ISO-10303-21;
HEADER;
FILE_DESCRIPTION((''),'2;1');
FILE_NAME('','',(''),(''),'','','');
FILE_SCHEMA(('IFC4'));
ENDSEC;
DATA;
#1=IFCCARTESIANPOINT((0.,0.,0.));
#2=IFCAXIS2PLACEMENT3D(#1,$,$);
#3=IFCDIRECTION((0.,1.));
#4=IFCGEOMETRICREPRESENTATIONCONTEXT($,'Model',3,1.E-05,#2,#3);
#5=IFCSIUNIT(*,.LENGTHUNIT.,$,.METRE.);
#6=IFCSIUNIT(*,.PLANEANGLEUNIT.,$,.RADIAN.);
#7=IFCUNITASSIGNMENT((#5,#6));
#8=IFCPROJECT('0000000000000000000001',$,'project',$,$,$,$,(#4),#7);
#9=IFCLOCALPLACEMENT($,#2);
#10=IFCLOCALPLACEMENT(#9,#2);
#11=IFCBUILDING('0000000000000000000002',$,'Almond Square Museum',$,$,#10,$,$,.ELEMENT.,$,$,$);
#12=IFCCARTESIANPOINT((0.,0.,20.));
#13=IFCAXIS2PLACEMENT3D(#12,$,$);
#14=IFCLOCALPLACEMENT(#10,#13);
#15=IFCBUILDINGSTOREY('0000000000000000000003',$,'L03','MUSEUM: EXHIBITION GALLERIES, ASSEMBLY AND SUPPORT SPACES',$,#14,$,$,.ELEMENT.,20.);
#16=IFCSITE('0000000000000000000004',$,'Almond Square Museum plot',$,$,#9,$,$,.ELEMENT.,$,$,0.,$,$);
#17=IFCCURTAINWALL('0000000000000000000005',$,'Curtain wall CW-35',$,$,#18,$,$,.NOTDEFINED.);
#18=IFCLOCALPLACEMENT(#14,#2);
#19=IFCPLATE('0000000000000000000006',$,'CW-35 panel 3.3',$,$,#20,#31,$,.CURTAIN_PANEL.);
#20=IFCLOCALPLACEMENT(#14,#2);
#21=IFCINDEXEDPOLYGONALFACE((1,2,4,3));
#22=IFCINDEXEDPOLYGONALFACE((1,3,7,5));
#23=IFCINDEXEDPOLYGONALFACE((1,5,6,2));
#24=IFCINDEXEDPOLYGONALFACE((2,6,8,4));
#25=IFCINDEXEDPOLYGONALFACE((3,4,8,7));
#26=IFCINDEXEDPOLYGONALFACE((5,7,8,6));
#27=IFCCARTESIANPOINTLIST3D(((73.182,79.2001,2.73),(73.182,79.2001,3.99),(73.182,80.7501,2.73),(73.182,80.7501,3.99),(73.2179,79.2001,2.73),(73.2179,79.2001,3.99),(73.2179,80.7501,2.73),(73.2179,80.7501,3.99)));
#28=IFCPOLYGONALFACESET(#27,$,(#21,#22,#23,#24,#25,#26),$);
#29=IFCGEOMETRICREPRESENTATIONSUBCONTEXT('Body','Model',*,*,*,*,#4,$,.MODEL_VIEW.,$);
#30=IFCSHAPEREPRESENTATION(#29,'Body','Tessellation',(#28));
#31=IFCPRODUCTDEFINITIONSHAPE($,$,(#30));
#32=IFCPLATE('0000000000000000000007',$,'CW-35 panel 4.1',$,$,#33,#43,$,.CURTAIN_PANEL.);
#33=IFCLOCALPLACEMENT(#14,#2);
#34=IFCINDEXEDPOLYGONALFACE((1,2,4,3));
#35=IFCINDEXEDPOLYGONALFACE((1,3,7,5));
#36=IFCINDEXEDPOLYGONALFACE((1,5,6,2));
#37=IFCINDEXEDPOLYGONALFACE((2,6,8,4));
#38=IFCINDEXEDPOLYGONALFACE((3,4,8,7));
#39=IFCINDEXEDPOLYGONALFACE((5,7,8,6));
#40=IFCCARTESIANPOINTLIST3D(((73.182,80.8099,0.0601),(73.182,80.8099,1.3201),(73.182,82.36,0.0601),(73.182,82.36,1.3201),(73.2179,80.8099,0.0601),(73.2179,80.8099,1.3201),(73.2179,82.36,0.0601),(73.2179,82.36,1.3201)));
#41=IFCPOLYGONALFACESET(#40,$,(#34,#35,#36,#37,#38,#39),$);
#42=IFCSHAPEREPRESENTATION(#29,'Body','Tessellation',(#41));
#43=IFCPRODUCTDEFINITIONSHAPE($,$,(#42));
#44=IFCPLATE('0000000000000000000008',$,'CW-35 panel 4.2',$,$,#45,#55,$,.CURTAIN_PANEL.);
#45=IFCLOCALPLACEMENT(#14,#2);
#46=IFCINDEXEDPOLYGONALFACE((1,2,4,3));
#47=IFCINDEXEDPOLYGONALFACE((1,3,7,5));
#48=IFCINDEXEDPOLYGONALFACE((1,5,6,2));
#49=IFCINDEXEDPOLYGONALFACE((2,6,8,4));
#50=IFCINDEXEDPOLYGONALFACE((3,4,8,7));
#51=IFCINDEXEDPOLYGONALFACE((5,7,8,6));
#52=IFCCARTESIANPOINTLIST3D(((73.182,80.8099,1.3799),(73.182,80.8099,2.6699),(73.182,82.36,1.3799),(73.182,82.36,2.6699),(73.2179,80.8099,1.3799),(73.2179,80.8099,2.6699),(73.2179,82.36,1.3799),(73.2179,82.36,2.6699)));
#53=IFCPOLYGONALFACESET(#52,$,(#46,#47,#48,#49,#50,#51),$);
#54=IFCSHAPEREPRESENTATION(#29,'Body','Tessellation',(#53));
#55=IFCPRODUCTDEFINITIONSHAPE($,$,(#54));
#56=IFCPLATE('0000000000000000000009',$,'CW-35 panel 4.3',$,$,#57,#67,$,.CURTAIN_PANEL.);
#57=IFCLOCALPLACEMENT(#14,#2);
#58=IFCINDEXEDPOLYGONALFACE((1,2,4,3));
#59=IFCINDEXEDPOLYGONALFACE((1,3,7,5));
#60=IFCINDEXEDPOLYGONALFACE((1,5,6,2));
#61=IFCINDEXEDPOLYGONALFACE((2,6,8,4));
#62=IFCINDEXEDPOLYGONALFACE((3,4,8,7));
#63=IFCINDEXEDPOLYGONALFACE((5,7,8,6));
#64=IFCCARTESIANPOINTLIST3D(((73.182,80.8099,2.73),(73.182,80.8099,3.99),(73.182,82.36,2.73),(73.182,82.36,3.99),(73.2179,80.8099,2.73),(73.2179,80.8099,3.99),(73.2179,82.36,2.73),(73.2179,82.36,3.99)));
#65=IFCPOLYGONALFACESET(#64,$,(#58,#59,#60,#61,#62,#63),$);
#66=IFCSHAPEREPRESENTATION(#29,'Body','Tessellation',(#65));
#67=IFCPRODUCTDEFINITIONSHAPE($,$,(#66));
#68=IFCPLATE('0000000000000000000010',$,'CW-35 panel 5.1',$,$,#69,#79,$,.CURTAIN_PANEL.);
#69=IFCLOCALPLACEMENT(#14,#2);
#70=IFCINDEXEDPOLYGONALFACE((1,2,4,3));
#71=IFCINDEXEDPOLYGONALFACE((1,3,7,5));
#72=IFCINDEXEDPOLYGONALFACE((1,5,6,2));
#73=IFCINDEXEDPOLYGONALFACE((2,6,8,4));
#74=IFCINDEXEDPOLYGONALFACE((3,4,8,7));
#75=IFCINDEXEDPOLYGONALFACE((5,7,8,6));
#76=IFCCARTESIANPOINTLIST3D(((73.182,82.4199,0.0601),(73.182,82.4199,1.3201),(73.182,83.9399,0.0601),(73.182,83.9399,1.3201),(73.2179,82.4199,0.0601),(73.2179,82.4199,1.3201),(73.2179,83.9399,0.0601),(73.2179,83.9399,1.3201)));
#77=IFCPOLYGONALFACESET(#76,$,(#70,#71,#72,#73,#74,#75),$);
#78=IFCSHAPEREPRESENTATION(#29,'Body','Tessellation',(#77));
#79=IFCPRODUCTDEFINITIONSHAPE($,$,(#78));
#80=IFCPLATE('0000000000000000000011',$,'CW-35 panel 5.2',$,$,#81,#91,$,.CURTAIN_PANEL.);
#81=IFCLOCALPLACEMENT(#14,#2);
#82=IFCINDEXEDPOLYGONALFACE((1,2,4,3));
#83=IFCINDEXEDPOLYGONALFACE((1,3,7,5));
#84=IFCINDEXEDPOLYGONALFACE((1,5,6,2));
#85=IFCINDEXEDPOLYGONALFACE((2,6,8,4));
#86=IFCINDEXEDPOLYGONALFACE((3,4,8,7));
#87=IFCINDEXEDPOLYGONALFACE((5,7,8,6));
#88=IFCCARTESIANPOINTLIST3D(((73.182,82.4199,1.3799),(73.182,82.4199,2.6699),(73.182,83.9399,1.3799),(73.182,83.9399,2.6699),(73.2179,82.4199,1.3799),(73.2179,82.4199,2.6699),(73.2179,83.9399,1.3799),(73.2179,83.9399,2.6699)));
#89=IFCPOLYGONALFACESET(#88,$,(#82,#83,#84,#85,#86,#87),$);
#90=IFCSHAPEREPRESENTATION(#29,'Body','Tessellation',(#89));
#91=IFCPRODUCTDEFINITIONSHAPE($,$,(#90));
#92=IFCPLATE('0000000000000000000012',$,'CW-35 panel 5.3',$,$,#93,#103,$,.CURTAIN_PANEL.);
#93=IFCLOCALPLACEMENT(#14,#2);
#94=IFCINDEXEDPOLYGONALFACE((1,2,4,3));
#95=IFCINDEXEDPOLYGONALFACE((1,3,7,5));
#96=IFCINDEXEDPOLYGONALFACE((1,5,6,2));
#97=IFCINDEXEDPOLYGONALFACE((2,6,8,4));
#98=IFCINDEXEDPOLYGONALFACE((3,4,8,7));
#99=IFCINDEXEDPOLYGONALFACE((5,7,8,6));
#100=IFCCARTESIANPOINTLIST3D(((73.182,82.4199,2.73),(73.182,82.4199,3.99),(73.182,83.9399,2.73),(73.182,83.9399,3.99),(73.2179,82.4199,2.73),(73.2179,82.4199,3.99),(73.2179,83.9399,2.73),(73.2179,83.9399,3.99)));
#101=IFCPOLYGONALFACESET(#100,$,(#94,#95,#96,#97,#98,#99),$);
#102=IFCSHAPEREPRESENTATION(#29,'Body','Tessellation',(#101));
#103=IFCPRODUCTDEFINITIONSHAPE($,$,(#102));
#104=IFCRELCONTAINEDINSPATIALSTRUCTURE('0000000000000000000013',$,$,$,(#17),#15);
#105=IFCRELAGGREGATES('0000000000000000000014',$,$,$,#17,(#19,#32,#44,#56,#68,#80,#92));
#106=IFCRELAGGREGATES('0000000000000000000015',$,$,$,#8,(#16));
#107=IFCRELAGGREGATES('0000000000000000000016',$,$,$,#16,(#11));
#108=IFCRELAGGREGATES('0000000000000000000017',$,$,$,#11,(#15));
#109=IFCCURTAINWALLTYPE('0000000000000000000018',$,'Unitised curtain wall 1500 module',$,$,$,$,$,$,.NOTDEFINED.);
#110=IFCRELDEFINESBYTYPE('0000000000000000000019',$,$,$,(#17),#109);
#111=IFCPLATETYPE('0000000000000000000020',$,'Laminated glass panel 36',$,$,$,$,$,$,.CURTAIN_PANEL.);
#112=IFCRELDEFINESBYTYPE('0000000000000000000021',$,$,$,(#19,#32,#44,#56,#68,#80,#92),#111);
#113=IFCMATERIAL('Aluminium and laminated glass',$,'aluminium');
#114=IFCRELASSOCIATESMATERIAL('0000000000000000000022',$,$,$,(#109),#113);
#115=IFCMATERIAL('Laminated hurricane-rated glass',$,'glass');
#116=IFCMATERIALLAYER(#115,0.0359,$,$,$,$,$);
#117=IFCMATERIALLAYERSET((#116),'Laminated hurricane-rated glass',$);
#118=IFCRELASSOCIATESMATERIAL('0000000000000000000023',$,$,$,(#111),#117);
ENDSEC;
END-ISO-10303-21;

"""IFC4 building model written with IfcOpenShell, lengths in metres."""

from ifc_helpers import new_model, si_unit, direction, frame, origin, origin_2d, place, context, subcontext, project, spatial, rectangle, extrude, material, layer, layer_set, type_object, element, aggregate, save


model = new_model("IFC4")

# Units and contexts
model_context = context("Model", 3, precision=1e-05, world=origin(), true_north=direction((0.0, 1.0)))
body_context = subcontext(model_context, "Body", "Model", "MODEL_VIEW")
ifc_project = project(units=[si_unit("LENGTHUNIT", "METRE"), si_unit("PLANEANGLEUNIT", "RADIAN")], contexts=[model_context])

# Site, building, storey
site_placement = place(None, origin())
site = spatial("IfcSite", under=ifc_project, at=site_placement, Name="Almond Square Museum plot", CompositionType="ELEMENT", RefElevation=0.0)
building_placement = place(site_placement, origin())
building = spatial("IfcBuilding", under=site, at=building_placement, Name="Almond Square Museum", CompositionType="ELEMENT")
storey_placement = place(building_placement, frame((0.0, 0.0, 20.0)))
storey = spatial("IfcBuildingStorey", under=building, at=storey_placement, Name="L03", Description="MUSEUM: EXHIBITION GALLERIES, ASSEMBLY AND SUPPORT SPACES", CompositionType="ELEMENT", Elevation=20.0)

# Curtain wall
ifc_material_1 = material(Name="Aluminium and laminated glass", Category="aluminium")
curtain_wall_type = type_object("IfcCurtainWallType", Name="Unitised curtain wall 1500 module", PredefinedType="NOTDEFINED", material=ifc_material_1)
curtain_wall_placement = place(storey_placement, origin())
curtain_wall = element("IfcCurtainWall", 1, at=curtain_wall_placement, inside=storey, type_object=curtain_wall_type, Name="Curtain wall CW-35", PredefinedType="NOTDEFINED")

# Plates
ifc_material_2 = material(Name="Laminated hurricane-rated glass", Category="glass")
ifc_layer = layer(ifc_material_2, 0.0359)
ifc_layer_set = layer_set([ifc_layer], Name="Laminated hurricane-rated glass")
plate_type = type_object("IfcPlateType", Name="Laminated glass panel 36", PredefinedType="CURTAIN_PANEL", material=ifc_layer_set)
plate_1_placement = place(storey_placement, frame((73.2, 79.9751, 2.73), z_axis=(0.0, 0.0, 1.0), x_axis=(0.0, 1.0, 0.0)))
plate_1 = element("IfcPlate", 2, at=plate_1_placement, type_object=plate_type, Name="CW-35 panel 3.3", PredefinedType="CURTAIN_PANEL", context=body_context, shape_type="SweptSolid", body=[
    extrude(rectangle(XDim=1.55, YDim=0.0359, at=origin_2d()), origin(), (0.0, 0.0, 1.0), 1.26),
])
plate_2_placement = place(storey_placement, frame((73.2, 81.585, 0.0601), z_axis=(0.0, 0.0, 1.0), x_axis=(0.0, 1.0, 0.0)))
plate_2 = element("IfcPlate", 3, at=plate_2_placement, type_object=plate_type, Name="CW-35 panel 4.1", PredefinedType="CURTAIN_PANEL", context=body_context, shape_type="SweptSolid", body=[
    extrude(rectangle(XDim=1.55, YDim=0.0359, at=origin_2d()), origin(), (0.0, 0.0, 1.0), 1.26),
])
plate_3_placement = place(storey_placement, frame((73.2, 81.585, 1.3799), z_axis=(0.0, 0.0, 1.0), x_axis=(0.0, 1.0, 0.0)))
plate_3 = element("IfcPlate", 4, at=plate_3_placement, type_object=plate_type, Name="CW-35 panel 4.2", PredefinedType="CURTAIN_PANEL", context=body_context, shape_type="SweptSolid", body=[
    extrude(rectangle(XDim=1.55, YDim=0.0359, at=origin_2d()), origin(), (0.0, 0.0, 1.0), 1.29),
])
plate_4_placement = place(storey_placement, frame((73.2, 81.585, 2.73), z_axis=(0.0, 0.0, 1.0), x_axis=(0.0, 1.0, 0.0)))
plate_4 = element("IfcPlate", 5, at=plate_4_placement, type_object=plate_type, Name="CW-35 panel 4.3", PredefinedType="CURTAIN_PANEL", context=body_context, shape_type="SweptSolid", body=[
    extrude(rectangle(XDim=1.55, YDim=0.0359, at=origin_2d()), origin(), (0.0, 0.0, 1.0), 1.26),
])
plate_5_placement = place(storey_placement, frame((73.2, 83.1799, 0.0601), z_axis=(0.0, 0.0, 1.0), x_axis=(0.0, 1.0, 0.0)))
plate_5 = element("IfcPlate", 6, at=plate_5_placement, type_object=plate_type, Name="CW-35 panel 5.1", PredefinedType="CURTAIN_PANEL", context=body_context, shape_type="SweptSolid", body=[
    extrude(rectangle(XDim=1.52, YDim=0.0359, at=origin_2d()), origin(), (0.0, 0.0, 1.0), 1.26),
])
plate_6_placement = place(storey_placement, frame((73.2, 83.1799, 1.3799), z_axis=(0.0, 0.0, 1.0), x_axis=(0.0, 1.0, 0.0)))
plate_6 = element("IfcPlate", 7, at=plate_6_placement, type_object=plate_type, Name="CW-35 panel 5.2", PredefinedType="CURTAIN_PANEL", context=body_context, shape_type="SweptSolid", body=[
    extrude(rectangle(XDim=1.52, YDim=0.0359, at=origin_2d()), origin(), (0.0, 0.0, 1.0), 1.29),
])
plate_7_placement = place(storey_placement, frame((73.2, 83.1799, 2.73), z_axis=(0.0, 0.0, 1.0), x_axis=(0.0, 1.0, 0.0)))
plate_7 = element("IfcPlate", 8, at=plate_7_placement, type_object=plate_type, Name="CW-35 panel 5.3", PredefinedType="CURTAIN_PANEL", context=body_context, shape_type="SweptSolid", body=[
    extrude(rectangle(XDim=1.52, YDim=0.0359, at=origin_2d()), origin(), (0.0, 0.0, 1.0), 1.26),
])
aggregate(curtain_wall, [plate_1, plate_2, plate_3, plate_4, plate_5, plate_6, plate_7])

save(model, "model.ifc")
